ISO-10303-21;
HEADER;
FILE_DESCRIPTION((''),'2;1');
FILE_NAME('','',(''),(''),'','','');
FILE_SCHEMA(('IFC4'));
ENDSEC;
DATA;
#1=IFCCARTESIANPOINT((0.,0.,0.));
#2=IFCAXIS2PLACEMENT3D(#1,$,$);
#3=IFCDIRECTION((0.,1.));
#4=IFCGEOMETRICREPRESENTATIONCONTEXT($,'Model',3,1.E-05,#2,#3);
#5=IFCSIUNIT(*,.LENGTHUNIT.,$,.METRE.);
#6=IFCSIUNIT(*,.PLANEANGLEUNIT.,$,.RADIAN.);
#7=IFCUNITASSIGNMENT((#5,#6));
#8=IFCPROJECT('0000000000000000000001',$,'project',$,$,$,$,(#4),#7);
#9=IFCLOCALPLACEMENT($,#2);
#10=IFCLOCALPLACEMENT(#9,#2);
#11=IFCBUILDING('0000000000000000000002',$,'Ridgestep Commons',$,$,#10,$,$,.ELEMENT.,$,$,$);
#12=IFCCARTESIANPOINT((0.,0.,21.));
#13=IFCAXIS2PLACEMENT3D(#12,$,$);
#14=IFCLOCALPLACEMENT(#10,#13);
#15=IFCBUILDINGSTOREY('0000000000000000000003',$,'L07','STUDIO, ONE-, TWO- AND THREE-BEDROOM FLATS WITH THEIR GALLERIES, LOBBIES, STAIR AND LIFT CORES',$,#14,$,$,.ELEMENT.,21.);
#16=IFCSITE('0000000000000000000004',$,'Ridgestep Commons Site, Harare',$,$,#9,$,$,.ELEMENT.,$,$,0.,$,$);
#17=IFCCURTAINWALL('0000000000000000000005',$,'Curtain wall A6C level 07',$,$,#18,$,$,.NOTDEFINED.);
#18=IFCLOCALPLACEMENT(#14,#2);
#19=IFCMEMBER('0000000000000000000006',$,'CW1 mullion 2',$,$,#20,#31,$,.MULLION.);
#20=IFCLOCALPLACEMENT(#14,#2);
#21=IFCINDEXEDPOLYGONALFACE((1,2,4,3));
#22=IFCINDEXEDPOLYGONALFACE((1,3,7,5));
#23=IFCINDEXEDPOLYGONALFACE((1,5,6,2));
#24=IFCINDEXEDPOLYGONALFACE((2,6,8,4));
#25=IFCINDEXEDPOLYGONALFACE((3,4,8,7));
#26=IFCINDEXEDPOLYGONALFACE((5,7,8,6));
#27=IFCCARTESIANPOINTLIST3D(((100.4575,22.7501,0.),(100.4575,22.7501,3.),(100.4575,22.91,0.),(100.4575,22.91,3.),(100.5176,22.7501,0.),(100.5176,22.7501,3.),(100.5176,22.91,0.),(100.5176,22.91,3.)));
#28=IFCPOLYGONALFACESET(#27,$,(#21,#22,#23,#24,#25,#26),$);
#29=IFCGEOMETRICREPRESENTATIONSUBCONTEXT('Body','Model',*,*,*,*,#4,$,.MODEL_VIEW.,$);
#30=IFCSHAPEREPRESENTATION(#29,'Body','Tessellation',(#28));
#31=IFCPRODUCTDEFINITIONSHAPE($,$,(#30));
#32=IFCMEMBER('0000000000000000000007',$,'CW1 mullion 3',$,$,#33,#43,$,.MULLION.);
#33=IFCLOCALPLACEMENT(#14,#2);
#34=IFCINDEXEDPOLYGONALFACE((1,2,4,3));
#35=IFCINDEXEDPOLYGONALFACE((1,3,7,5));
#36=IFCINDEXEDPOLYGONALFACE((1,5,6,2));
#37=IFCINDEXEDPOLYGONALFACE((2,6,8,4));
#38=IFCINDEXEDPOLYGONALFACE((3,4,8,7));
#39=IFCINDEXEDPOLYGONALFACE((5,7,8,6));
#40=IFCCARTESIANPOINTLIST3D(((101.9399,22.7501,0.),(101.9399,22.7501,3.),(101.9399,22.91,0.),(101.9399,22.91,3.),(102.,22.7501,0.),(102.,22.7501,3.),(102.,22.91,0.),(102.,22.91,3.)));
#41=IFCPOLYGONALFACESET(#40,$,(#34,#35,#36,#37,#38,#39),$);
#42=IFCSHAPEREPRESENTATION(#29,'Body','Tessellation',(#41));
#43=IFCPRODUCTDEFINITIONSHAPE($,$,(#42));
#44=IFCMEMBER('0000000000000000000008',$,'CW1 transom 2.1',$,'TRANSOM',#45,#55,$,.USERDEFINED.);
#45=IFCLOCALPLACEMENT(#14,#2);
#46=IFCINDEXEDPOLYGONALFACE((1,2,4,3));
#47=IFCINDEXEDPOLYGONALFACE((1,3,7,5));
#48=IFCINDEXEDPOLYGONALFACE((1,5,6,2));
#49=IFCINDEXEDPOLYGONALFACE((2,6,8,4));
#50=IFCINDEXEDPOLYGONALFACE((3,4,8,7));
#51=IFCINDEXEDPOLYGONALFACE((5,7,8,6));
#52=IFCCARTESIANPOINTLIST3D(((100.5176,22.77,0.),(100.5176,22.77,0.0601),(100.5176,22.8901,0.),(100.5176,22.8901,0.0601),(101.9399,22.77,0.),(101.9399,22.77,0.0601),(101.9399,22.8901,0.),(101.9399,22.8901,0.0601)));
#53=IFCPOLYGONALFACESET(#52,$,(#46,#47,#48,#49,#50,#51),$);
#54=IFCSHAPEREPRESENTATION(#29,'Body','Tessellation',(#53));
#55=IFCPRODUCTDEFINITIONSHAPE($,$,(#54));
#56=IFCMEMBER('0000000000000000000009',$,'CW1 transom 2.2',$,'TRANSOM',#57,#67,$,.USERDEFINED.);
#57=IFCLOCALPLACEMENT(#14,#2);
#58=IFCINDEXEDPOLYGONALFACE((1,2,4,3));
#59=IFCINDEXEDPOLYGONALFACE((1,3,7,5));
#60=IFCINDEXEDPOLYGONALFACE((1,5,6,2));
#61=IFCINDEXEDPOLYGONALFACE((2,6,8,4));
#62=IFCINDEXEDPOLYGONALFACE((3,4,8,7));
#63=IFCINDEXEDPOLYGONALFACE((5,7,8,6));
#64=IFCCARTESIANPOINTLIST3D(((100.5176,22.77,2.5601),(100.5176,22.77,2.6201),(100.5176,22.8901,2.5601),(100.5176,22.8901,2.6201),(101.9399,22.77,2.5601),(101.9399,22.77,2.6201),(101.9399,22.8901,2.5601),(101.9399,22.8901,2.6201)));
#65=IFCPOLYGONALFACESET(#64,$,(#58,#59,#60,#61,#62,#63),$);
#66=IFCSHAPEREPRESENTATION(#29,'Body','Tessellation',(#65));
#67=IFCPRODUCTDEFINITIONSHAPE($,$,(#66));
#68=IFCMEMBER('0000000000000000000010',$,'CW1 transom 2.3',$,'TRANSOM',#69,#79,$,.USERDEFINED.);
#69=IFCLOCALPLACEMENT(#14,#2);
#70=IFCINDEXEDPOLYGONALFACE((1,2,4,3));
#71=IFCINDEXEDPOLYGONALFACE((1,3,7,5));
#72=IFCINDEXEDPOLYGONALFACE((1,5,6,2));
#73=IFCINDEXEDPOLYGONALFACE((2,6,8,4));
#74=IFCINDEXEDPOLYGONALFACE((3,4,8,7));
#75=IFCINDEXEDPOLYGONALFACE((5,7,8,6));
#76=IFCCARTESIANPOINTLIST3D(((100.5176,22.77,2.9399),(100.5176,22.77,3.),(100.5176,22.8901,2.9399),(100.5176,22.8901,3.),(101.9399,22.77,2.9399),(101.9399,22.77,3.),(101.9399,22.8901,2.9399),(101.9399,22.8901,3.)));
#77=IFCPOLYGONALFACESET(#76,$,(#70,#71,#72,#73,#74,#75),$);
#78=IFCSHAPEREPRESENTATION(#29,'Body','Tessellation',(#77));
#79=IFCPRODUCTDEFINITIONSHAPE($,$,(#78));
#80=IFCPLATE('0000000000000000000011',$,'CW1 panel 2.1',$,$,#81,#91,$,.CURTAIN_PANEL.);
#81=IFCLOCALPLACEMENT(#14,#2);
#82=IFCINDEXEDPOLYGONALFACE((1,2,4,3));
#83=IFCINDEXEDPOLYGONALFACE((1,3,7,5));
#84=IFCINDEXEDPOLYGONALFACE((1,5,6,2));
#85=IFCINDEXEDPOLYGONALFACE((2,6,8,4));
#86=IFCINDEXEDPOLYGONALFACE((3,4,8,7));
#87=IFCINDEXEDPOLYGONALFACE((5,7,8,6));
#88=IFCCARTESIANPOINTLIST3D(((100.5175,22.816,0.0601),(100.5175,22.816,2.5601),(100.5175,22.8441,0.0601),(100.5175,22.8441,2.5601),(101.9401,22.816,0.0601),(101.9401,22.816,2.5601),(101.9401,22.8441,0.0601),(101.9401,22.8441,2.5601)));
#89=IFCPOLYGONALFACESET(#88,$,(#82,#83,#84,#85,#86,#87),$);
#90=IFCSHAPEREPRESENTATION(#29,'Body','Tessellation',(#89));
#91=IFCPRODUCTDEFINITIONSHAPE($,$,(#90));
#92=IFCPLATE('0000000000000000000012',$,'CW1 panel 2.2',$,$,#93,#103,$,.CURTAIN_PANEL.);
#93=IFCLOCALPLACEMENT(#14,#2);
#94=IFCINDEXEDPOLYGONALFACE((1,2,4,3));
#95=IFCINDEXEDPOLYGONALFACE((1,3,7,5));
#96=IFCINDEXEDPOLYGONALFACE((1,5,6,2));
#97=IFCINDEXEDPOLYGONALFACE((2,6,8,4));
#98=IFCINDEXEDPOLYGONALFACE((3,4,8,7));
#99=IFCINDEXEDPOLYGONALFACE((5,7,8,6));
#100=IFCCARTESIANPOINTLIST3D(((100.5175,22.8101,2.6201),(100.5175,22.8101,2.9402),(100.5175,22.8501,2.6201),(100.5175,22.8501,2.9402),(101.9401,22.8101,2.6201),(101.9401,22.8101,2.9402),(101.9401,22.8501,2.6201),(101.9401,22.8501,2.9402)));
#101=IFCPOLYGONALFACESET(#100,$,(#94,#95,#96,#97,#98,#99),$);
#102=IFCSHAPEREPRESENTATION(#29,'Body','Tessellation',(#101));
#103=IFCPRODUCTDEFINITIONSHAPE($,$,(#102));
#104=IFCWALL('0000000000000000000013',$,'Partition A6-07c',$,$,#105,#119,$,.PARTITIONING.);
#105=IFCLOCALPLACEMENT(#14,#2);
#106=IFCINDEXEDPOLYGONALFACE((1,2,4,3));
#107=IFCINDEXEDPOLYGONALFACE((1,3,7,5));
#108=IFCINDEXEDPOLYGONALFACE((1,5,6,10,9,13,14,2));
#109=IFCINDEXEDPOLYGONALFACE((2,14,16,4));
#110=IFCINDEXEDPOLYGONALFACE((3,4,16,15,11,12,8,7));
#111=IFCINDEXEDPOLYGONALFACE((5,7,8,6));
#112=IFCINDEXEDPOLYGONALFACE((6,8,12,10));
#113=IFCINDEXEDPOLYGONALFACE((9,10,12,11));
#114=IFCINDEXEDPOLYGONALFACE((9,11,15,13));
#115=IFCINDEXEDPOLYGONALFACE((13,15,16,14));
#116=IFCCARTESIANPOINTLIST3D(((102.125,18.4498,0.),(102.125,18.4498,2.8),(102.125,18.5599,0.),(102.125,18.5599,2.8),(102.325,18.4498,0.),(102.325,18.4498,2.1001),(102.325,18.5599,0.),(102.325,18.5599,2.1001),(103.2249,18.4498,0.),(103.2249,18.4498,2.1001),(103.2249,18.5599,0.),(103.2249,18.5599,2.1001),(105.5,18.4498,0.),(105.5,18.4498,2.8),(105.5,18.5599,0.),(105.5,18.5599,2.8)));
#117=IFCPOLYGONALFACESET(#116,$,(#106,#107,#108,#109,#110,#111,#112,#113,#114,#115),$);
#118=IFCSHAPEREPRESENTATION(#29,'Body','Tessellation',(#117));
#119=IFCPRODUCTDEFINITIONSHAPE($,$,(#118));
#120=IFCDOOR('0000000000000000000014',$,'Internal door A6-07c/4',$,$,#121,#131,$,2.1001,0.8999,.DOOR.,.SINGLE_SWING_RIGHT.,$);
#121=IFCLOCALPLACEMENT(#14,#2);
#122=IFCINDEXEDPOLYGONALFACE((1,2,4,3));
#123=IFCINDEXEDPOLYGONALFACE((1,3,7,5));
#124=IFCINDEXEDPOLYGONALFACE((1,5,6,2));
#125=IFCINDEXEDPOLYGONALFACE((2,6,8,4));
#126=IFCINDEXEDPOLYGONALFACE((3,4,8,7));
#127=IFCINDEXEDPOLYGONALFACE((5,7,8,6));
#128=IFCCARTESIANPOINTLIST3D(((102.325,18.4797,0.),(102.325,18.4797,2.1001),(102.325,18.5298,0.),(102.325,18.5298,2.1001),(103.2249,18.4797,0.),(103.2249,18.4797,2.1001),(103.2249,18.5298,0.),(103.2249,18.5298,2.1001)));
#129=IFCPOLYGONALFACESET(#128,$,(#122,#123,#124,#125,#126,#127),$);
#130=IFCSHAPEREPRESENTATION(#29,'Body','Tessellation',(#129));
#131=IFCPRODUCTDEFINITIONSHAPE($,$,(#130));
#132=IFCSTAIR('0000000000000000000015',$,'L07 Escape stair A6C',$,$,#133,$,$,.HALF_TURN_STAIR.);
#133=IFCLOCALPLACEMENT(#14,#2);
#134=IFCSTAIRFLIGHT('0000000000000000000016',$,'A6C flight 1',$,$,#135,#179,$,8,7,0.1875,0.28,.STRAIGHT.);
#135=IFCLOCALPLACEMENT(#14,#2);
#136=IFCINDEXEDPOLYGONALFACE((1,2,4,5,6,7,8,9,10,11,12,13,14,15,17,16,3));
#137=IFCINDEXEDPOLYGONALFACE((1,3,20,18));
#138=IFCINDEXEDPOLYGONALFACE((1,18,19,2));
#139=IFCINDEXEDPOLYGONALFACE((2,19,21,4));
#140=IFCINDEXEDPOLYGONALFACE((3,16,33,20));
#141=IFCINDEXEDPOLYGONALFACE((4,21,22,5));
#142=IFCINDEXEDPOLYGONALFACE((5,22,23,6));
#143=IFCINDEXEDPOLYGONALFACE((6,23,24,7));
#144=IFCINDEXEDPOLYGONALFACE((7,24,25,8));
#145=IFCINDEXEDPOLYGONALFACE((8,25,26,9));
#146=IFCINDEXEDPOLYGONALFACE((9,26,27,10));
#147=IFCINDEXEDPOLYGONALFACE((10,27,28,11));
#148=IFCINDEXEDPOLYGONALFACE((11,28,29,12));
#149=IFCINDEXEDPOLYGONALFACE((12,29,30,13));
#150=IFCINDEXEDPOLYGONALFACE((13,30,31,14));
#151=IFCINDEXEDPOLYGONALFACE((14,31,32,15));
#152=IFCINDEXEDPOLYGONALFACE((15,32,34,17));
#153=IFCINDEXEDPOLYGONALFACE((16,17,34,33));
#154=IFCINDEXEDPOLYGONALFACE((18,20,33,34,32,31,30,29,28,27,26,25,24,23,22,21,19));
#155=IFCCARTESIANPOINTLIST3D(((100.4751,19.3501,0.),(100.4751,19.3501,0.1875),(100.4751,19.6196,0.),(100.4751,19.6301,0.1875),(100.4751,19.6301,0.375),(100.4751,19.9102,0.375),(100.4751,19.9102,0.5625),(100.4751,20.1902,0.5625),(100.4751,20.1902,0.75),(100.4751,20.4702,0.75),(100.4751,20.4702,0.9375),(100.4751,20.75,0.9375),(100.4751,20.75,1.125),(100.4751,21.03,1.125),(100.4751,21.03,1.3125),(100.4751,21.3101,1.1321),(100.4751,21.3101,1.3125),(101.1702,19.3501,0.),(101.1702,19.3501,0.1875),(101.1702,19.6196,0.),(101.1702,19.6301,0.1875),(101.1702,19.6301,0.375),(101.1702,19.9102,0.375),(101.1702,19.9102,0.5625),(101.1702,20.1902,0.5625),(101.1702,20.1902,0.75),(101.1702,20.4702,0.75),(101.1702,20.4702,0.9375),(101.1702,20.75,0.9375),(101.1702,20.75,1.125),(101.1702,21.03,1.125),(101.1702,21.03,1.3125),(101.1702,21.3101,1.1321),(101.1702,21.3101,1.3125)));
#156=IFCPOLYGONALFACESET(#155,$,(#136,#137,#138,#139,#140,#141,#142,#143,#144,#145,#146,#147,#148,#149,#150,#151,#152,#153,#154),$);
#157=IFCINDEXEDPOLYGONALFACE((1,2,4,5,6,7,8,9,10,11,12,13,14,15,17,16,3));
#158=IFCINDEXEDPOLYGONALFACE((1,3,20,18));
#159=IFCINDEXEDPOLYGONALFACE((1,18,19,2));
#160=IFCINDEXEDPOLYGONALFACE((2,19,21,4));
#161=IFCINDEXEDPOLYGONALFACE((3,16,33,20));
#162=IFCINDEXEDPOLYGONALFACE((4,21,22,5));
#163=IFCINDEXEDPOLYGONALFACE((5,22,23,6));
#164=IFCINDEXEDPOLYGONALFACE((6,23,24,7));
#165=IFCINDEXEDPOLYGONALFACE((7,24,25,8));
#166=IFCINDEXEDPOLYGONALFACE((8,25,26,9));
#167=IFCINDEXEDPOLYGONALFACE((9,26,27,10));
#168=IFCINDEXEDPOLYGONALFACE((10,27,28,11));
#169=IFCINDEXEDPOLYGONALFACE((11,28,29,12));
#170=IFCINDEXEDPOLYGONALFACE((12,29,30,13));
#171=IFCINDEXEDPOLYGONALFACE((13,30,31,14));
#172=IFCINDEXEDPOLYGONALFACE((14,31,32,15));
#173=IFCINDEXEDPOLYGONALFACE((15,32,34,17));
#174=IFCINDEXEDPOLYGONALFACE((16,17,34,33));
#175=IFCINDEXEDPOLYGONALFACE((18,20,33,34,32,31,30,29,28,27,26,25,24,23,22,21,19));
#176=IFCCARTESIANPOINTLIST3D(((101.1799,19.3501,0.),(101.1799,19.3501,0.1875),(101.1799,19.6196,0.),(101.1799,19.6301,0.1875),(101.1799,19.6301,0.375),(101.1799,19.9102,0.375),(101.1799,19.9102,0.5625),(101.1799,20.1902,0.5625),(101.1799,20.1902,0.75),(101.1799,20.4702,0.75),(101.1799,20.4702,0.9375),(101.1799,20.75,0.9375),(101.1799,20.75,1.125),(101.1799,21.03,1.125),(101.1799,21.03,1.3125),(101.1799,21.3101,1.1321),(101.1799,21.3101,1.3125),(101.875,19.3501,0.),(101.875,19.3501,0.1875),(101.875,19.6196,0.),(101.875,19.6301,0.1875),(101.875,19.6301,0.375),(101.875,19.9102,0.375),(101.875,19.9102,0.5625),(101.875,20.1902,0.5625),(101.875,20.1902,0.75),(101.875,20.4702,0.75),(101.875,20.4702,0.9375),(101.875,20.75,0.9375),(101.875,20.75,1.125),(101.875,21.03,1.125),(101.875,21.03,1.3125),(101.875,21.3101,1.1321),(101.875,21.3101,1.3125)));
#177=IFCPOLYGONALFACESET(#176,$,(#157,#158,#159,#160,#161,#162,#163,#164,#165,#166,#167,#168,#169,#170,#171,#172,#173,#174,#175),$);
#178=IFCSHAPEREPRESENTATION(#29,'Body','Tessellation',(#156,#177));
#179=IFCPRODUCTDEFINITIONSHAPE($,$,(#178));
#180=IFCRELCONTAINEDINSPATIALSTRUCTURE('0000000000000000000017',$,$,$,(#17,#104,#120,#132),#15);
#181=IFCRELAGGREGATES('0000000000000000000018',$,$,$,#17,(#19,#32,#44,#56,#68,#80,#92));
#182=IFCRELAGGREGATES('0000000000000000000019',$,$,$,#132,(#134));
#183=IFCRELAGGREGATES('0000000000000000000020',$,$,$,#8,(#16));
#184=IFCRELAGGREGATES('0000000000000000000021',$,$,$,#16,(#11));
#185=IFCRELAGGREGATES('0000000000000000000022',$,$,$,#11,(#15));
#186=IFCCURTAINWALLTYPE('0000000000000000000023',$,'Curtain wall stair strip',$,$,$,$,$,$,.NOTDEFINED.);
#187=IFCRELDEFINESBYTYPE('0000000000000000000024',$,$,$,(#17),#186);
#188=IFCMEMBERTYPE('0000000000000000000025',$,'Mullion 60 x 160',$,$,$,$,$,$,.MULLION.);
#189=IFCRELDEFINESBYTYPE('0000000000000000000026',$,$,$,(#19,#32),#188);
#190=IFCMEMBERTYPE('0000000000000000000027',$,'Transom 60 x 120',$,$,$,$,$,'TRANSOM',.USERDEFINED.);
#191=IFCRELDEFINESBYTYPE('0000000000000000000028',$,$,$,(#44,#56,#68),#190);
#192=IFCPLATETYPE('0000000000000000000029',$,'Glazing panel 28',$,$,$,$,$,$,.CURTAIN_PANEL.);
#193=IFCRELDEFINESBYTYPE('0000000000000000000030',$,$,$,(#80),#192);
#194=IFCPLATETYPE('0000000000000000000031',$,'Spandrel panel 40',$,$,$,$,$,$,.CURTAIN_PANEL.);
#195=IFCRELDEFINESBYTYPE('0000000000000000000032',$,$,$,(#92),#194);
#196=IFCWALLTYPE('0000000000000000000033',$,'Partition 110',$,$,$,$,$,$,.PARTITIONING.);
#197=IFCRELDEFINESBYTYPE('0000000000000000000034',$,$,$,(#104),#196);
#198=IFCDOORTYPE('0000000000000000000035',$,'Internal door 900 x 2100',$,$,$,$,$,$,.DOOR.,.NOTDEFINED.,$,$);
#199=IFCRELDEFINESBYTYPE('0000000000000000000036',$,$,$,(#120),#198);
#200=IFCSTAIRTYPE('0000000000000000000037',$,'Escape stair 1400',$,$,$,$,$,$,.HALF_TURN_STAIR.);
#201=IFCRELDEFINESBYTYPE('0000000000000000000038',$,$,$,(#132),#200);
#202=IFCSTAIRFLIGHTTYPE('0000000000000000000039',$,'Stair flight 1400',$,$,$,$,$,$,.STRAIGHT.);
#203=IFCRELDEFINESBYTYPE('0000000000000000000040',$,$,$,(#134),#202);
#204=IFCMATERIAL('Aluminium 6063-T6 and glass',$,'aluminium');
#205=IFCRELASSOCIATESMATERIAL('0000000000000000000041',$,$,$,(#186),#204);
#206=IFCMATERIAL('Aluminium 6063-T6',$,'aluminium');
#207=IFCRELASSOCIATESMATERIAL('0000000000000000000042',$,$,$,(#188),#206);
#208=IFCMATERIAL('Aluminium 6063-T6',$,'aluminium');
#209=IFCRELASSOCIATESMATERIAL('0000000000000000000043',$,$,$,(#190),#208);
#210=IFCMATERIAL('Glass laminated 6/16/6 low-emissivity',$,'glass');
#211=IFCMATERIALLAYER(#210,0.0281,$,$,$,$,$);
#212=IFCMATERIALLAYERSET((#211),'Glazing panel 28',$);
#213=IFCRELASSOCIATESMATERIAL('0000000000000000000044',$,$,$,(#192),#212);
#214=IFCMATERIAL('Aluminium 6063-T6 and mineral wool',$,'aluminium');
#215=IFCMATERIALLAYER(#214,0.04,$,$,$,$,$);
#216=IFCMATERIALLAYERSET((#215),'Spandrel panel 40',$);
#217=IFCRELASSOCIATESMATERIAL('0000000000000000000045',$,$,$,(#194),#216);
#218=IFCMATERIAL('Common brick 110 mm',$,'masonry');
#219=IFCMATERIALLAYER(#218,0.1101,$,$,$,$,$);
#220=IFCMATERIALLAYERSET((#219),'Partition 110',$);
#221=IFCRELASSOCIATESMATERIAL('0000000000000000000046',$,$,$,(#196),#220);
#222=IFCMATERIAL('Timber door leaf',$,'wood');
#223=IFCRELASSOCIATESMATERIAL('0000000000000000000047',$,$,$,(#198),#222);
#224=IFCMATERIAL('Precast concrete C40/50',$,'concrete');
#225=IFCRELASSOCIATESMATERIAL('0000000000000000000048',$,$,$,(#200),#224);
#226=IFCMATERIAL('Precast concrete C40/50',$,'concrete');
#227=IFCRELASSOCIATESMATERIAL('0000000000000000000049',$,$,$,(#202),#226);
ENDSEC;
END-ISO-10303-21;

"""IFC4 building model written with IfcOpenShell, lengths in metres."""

from ifc_helpers import new_model, si_unit, direction, frame, frame_2d, origin, origin_2d, place, context, subcontext, project, spatial, polyline, rectangle, outline, extrude, material, layer, layer_set, material_profile, profile_set, type_object, element, fill, aggregate, save


model = new_model("IFC4")

# Units and contexts
model_context = context("Model", 3, precision=1e-05, world=origin(), true_north=direction((0.0, 1.0)))
body_context = subcontext(model_context, "Body", "Model", "MODEL_VIEW")
ifc_project = project(units=[si_unit("LENGTHUNIT", "METRE"), si_unit("PLANEANGLEUNIT", "RADIAN")], contexts=[model_context])

# Site, building, storey
site_placement = place(None, origin())
site = spatial("IfcSite", under=ifc_project, at=site_placement, Name="Ridgestep Commons Site, Harare", CompositionType="ELEMENT", RefElevation=0.0)
building_placement = place(site_placement, origin())
building = spatial("IfcBuilding", under=site, at=building_placement, Name="Ridgestep Commons", CompositionType="ELEMENT")
storey_placement = place(building_placement, frame((0.0, 0.0, 21.0)))
storey = spatial("IfcBuildingStorey", under=building, at=storey_placement, Name="L07", Description="STUDIO, ONE-, TWO- AND THREE-BEDROOM FLATS WITH THEIR GALLERIES, LOBBIES, STAIR AND LIFT CORES", CompositionType="ELEMENT", Elevation=21.0)

# Curtain wall, members, plates
ifc_material_1 = material(Name="Aluminium 6063-T6 and glass", Category="aluminium")
curtain_wall_type = type_object("IfcCurtainWallType", Name="Curtain wall stair strip", PredefinedType="NOTDEFINED", material=ifc_material_1)
curtain_wall_placement = place(storey_placement, origin())
curtain_wall = element("IfcCurtainWall", 1, at=curtain_wall_placement, inside=storey, type_object=curtain_wall_type, Name="Curtain wall A6C level 07", PredefinedType="NOTDEFINED")
ifc_material_2 = material(Name="Aluminium 6063-T6", Category="aluminium")
ifc_material_profile_1 = material_profile(ifc_material_2, rectangle(XDim=0.1599, YDim=0.0601, at=origin_2d()), Name="Mullion 60 x 160")
ifc_profile_set_1 = profile_set([ifc_material_profile_1], Name="Aluminium 6063-T6")
member_type_1 = type_object("IfcMemberType", Name="Mullion 60 x 160", PredefinedType="MULLION", material=ifc_profile_set_1)
member_1_placement = place(storey_placement, frame((100.4875, 22.8301, 0.0), z_axis=(0.0, 0.0, 1.0), x_axis=(0.0, 1.0, 0.0)))
member_1 = element("IfcMember", 2, at=member_1_placement, type_object=member_type_1, Name="CW1 mullion 2", PredefinedType="MULLION", context=body_context, shape_type="SweptSolid", body=[
    extrude(rectangle(XDim=0.1599, YDim=0.0601, at=origin_2d()), origin(), (0.0, 0.0, 1.0), 3.0),
])
member_2_placement = place(storey_placement, frame((101.97, 22.8301, 0.0), z_axis=(0.0, 0.0, 1.0), x_axis=(0.0, 1.0, 0.0)))
member_2 = element("IfcMember", 3, at=member_2_placement, type_object=member_type_1, Name="CW1 mullion 3", PredefinedType="MULLION", context=body_context, shape_type="SweptSolid", body=[
    extrude(rectangle(XDim=0.1599, YDim=0.0601, at=origin_2d()), origin(), (0.0, 0.0, 1.0), 3.0),
])
ifc_material_3 = material(Name="Aluminium 6063-T6", Category="aluminium")
ifc_material_profile_2 = material_profile(ifc_material_3, rectangle(XDim=0.1201, YDim=0.0601, at=origin_2d()), Name="Transom 60 x 120")
ifc_profile_set_2 = profile_set([ifc_material_profile_2], Name="Aluminium 6063-T6")
member_type_2 = type_object("IfcMemberType", Name="Transom 60 x 120", ElementType="TRANSOM", PredefinedType="USERDEFINED", material=ifc_profile_set_2)
member_3_placement = place(storey_placement, frame((100.5176, 22.8301, 0.03), z_axis=(1.0, 0.0, 0.0), x_axis=(0.0, 1.0, 0.0)))
member_3 = element("IfcMember", 4, at=member_3_placement, type_object=member_type_2, Name="CW1 transom 2.1", ObjectType="TRANSOM", PredefinedType="USERDEFINED", context=body_context, shape_type="SweptSolid", body=[
    extrude(rectangle(XDim=0.1201, YDim=0.0601, at=origin_2d()), origin(), (0.0, 0.0, 1.0), 1.4224),
])
member_4_placement = place(storey_placement, frame((100.5176, 22.8301, 2.5901), z_axis=(1.0, 0.0, 0.0), x_axis=(0.0, 1.0, 0.0)))
member_4 = element("IfcMember", 5, at=member_4_placement, type_object=member_type_2, Name="CW1 transom 2.2", ObjectType="TRANSOM", PredefinedType="USERDEFINED", context=body_context, shape_type="SweptSolid", body=[
    extrude(rectangle(XDim=0.1201, YDim=0.0601, at=origin_2d()), origin(), (0.0, 0.0, 1.0), 1.4224),
])
member_5_placement = place(storey_placement, frame((100.5176, 22.8301, 2.97), z_axis=(1.0, 0.0, 0.0), x_axis=(0.0, 1.0, 0.0)))
member_5 = element("IfcMember", 6, at=member_5_placement, type_object=member_type_2, Name="CW1 transom 2.3", ObjectType="TRANSOM", PredefinedType="USERDEFINED", context=body_context, shape_type="SweptSolid", body=[
    extrude(rectangle(XDim=0.1201, YDim=0.0601, at=origin_2d()), origin(), (0.0, 0.0, 1.0), 1.4224),
])
ifc_material_4 = material(Name="Glass laminated 6/16/6 low-emissivity", Category="glass")
ifc_layer_1 = layer(ifc_material_4, 0.0281)
ifc_layer_set_1 = layer_set([ifc_layer_1], Name="Glazing panel 28")
plate_type_1 = type_object("IfcPlateType", Name="Glazing panel 28", PredefinedType="CURTAIN_PANEL", material=ifc_layer_set_1)
plate_1_placement = place(storey_placement, frame((101.2288, 22.8301, 0.0601), z_axis=(0.0, 0.0, 1.0), x_axis=(1.0, 0.0, 0.0)))
plate_1 = element("IfcPlate", 7, at=plate_1_placement, type_object=plate_type_1, Name="CW1 panel 2.1", PredefinedType="CURTAIN_PANEL", context=body_context, shape_type="SweptSolid", body=[
    extrude(rectangle(XDim=1.4226, YDim=0.0281, at=origin_2d()), origin(), (0.0, 0.0, 1.0), 2.5),
])
ifc_material_5 = material(Name="Aluminium 6063-T6 and mineral wool", Category="aluminium")
ifc_layer_2 = layer(ifc_material_5, 0.04)
ifc_layer_set_2 = layer_set([ifc_layer_2], Name="Spandrel panel 40")
plate_type_2 = type_object("IfcPlateType", Name="Spandrel panel 40", PredefinedType="CURTAIN_PANEL", material=ifc_layer_set_2)
plate_2_placement = place(storey_placement, frame((101.2288, 22.8301, 2.6201), z_axis=(0.0, 0.0, 1.0), x_axis=(1.0, 0.0, 0.0)))
plate_2 = element("IfcPlate", 8, at=plate_2_placement, type_object=plate_type_2, Name="CW1 panel 2.2", PredefinedType="CURTAIN_PANEL", context=body_context, shape_type="SweptSolid", body=[
    extrude(rectangle(XDim=1.4226, YDim=0.04, at=origin_2d()), origin(), (0.0, 0.0, 1.0), 0.3201),
])
aggregate(curtain_wall, [member_1, member_2, member_3, member_4, member_5, plate_1, plate_2])

# Wall, opening, door
ifc_material_6 = material(Name="Common brick 110 mm", Category="masonry")
ifc_layer_3 = layer(ifc_material_6, 0.1101)
ifc_layer_set_3 = layer_set([ifc_layer_3], Name="Partition 110")
wall_type = type_object("IfcWallType", Name="Partition 110", PredefinedType="PARTITIONING", material=ifc_layer_set_3)
wall_placement = place(storey_placement, frame((102.125, 18.5049, 0.0), z_axis=(0.0, 0.0, 1.0), x_axis=(1.0, 0.0, 0.0)))
wall = element("IfcWall", 9, at=wall_placement, inside=storey, type_object=wall_type, Name="Partition A6-07c", PredefinedType="PARTITIONING", context=body_context, shape_type="SweptSolid", body=[
    extrude(rectangle(XDim=3.375, YDim=0.1101, at=frame_2d((1.6875, 0.0))), origin(), (0.0, 0.0, 1.0), 2.8),
])
opening_placement = place(wall_placement, frame((0.2, 0.0, 0.0)))
opening = element("IfcOpeningElement", 10, at=opening_placement, cuts=wall, PredefinedType="OPENING", context=body_context, shape_type="SweptSolid", body=[
    extrude(rectangle(XDim=0.8999, YDim=2.1001, at=frame_2d((0.45, 1.05))), frame((0.0, 0.0649, 0.0), z_axis=(0.0, -1.0, 0.0), x_axis=(1.0, 0.0, 0.0)), (0.0, 0.0, 1.0), 0.1301),
])
ifc_material_7 = material(Name="Timber door leaf", Category="wood")
door_type = type_object("IfcDoorType", Name="Internal door 900 x 2100", OperationType="NOTDEFINED", PredefinedType="DOOR", material=ifc_material_7)
door_placement = place(opening_placement, origin())
door = element("IfcDoor", 11, at=door_placement, inside=storey, type_object=door_type, Name="Internal door A6-07c/4", OperationType="SINGLE_SWING_RIGHT", OverallHeight=2.1001, OverallWidth=0.8999, PredefinedType="DOOR", context=body_context, shape_type="SweptSolid", body=[
    extrude(rectangle(XDim=0.8999, YDim=2.1001, at=frame_2d((0.45, 1.05))), frame((0.0, 0.0249, 0.0), z_axis=(0.0, -1.0, 0.0), x_axis=(1.0, 0.0, 0.0)), (0.0, 0.0, 1.0), 0.05),
])
fill(opening, door)

# Stair, stair flight
ifc_material_8 = material(Name="Precast concrete C40/50", Category="concrete")
stair_type = type_object("IfcStairType", Name="Escape stair 1400", PredefinedType="HALF_TURN_STAIR", material=ifc_material_8)
stair_placement = place(storey_placement, origin())
stair = element("IfcStair", 12, at=stair_placement, inside=storey, type_object=stair_type, Name="L07 Escape stair A6C", PredefinedType="HALF_TURN_STAIR")
ifc_material_9 = material(Name="Precast concrete C40/50", Category="concrete")
stair_flight_type = type_object("IfcStairFlightType", Name="Stair flight 1400", PredefinedType="STRAIGHT", material=ifc_material_9)
stair_flight_placement = place(storey_placement, frame((101.175, 19.3501, 0.0), z_axis=(0.0, 0.0, 1.0), x_axis=(0.0, 1.0, 0.0)))
stair_flight = element("IfcStairFlight", 13, at=stair_flight_placement, type_object=stair_flight_type, Name="A6C flight 1", NumberOfRisers=8, NumberOfTreads=7, PredefinedType="STRAIGHT", RiserHeight=0.1875, TreadLength=0.28, context=body_context, shape_type="SweptSolid", body=[
    extrude(outline(polyline([(0.0, 0.0), (0.0, 0.1875), (0.28, 0.1875), (0.28, 0.375), (0.5601, 0.375), (0.5601, 0.5625), (0.8401, 0.5625), (0.8401, 0.75), (1.1201, 0.75), (1.1201, 0.9375), (1.3999, 0.9375), (1.3999, 1.125), (1.6799, 1.125), (1.6799, 1.3125), (1.96, 1.3125), (1.96, 1.5), (1.96, 1.1321), (0.2695, 0.0), (0.0, 0.0)])), frame((0.0, 0.7, 0.0), z_axis=(0.0, -1.0, 0.0), x_axis=(1.0, 0.0, 0.0)), (0.0, 0.0, 1.0), 0.6951),
    extrude(outline(polyline([(0.0, 0.0), (0.0, 0.1875), (0.28, 0.1875), (0.28, 0.375), (0.5601, 0.375), (0.5601, 0.5625), (0.8401, 0.5625), (0.8401, 0.75), (1.1201, 0.75), (1.1201, 0.9375), (1.3999, 0.9375), (1.3999, 1.125), (1.6799, 1.125), (1.6799, 1.3125), (1.96, 1.3125), (1.96, 1.5), (1.96, 1.1321), (0.2695, 0.0), (0.0, 0.0)])), frame((0.0, -0.0049, 0.0), z_axis=(0.0, -1.0, 0.0), x_axis=(1.0, 0.0, 0.0)), (0.0, 0.0, 1.0), 0.6951),
])
aggregate(stair, [stair_flight])

save(model, "model.ifc")
